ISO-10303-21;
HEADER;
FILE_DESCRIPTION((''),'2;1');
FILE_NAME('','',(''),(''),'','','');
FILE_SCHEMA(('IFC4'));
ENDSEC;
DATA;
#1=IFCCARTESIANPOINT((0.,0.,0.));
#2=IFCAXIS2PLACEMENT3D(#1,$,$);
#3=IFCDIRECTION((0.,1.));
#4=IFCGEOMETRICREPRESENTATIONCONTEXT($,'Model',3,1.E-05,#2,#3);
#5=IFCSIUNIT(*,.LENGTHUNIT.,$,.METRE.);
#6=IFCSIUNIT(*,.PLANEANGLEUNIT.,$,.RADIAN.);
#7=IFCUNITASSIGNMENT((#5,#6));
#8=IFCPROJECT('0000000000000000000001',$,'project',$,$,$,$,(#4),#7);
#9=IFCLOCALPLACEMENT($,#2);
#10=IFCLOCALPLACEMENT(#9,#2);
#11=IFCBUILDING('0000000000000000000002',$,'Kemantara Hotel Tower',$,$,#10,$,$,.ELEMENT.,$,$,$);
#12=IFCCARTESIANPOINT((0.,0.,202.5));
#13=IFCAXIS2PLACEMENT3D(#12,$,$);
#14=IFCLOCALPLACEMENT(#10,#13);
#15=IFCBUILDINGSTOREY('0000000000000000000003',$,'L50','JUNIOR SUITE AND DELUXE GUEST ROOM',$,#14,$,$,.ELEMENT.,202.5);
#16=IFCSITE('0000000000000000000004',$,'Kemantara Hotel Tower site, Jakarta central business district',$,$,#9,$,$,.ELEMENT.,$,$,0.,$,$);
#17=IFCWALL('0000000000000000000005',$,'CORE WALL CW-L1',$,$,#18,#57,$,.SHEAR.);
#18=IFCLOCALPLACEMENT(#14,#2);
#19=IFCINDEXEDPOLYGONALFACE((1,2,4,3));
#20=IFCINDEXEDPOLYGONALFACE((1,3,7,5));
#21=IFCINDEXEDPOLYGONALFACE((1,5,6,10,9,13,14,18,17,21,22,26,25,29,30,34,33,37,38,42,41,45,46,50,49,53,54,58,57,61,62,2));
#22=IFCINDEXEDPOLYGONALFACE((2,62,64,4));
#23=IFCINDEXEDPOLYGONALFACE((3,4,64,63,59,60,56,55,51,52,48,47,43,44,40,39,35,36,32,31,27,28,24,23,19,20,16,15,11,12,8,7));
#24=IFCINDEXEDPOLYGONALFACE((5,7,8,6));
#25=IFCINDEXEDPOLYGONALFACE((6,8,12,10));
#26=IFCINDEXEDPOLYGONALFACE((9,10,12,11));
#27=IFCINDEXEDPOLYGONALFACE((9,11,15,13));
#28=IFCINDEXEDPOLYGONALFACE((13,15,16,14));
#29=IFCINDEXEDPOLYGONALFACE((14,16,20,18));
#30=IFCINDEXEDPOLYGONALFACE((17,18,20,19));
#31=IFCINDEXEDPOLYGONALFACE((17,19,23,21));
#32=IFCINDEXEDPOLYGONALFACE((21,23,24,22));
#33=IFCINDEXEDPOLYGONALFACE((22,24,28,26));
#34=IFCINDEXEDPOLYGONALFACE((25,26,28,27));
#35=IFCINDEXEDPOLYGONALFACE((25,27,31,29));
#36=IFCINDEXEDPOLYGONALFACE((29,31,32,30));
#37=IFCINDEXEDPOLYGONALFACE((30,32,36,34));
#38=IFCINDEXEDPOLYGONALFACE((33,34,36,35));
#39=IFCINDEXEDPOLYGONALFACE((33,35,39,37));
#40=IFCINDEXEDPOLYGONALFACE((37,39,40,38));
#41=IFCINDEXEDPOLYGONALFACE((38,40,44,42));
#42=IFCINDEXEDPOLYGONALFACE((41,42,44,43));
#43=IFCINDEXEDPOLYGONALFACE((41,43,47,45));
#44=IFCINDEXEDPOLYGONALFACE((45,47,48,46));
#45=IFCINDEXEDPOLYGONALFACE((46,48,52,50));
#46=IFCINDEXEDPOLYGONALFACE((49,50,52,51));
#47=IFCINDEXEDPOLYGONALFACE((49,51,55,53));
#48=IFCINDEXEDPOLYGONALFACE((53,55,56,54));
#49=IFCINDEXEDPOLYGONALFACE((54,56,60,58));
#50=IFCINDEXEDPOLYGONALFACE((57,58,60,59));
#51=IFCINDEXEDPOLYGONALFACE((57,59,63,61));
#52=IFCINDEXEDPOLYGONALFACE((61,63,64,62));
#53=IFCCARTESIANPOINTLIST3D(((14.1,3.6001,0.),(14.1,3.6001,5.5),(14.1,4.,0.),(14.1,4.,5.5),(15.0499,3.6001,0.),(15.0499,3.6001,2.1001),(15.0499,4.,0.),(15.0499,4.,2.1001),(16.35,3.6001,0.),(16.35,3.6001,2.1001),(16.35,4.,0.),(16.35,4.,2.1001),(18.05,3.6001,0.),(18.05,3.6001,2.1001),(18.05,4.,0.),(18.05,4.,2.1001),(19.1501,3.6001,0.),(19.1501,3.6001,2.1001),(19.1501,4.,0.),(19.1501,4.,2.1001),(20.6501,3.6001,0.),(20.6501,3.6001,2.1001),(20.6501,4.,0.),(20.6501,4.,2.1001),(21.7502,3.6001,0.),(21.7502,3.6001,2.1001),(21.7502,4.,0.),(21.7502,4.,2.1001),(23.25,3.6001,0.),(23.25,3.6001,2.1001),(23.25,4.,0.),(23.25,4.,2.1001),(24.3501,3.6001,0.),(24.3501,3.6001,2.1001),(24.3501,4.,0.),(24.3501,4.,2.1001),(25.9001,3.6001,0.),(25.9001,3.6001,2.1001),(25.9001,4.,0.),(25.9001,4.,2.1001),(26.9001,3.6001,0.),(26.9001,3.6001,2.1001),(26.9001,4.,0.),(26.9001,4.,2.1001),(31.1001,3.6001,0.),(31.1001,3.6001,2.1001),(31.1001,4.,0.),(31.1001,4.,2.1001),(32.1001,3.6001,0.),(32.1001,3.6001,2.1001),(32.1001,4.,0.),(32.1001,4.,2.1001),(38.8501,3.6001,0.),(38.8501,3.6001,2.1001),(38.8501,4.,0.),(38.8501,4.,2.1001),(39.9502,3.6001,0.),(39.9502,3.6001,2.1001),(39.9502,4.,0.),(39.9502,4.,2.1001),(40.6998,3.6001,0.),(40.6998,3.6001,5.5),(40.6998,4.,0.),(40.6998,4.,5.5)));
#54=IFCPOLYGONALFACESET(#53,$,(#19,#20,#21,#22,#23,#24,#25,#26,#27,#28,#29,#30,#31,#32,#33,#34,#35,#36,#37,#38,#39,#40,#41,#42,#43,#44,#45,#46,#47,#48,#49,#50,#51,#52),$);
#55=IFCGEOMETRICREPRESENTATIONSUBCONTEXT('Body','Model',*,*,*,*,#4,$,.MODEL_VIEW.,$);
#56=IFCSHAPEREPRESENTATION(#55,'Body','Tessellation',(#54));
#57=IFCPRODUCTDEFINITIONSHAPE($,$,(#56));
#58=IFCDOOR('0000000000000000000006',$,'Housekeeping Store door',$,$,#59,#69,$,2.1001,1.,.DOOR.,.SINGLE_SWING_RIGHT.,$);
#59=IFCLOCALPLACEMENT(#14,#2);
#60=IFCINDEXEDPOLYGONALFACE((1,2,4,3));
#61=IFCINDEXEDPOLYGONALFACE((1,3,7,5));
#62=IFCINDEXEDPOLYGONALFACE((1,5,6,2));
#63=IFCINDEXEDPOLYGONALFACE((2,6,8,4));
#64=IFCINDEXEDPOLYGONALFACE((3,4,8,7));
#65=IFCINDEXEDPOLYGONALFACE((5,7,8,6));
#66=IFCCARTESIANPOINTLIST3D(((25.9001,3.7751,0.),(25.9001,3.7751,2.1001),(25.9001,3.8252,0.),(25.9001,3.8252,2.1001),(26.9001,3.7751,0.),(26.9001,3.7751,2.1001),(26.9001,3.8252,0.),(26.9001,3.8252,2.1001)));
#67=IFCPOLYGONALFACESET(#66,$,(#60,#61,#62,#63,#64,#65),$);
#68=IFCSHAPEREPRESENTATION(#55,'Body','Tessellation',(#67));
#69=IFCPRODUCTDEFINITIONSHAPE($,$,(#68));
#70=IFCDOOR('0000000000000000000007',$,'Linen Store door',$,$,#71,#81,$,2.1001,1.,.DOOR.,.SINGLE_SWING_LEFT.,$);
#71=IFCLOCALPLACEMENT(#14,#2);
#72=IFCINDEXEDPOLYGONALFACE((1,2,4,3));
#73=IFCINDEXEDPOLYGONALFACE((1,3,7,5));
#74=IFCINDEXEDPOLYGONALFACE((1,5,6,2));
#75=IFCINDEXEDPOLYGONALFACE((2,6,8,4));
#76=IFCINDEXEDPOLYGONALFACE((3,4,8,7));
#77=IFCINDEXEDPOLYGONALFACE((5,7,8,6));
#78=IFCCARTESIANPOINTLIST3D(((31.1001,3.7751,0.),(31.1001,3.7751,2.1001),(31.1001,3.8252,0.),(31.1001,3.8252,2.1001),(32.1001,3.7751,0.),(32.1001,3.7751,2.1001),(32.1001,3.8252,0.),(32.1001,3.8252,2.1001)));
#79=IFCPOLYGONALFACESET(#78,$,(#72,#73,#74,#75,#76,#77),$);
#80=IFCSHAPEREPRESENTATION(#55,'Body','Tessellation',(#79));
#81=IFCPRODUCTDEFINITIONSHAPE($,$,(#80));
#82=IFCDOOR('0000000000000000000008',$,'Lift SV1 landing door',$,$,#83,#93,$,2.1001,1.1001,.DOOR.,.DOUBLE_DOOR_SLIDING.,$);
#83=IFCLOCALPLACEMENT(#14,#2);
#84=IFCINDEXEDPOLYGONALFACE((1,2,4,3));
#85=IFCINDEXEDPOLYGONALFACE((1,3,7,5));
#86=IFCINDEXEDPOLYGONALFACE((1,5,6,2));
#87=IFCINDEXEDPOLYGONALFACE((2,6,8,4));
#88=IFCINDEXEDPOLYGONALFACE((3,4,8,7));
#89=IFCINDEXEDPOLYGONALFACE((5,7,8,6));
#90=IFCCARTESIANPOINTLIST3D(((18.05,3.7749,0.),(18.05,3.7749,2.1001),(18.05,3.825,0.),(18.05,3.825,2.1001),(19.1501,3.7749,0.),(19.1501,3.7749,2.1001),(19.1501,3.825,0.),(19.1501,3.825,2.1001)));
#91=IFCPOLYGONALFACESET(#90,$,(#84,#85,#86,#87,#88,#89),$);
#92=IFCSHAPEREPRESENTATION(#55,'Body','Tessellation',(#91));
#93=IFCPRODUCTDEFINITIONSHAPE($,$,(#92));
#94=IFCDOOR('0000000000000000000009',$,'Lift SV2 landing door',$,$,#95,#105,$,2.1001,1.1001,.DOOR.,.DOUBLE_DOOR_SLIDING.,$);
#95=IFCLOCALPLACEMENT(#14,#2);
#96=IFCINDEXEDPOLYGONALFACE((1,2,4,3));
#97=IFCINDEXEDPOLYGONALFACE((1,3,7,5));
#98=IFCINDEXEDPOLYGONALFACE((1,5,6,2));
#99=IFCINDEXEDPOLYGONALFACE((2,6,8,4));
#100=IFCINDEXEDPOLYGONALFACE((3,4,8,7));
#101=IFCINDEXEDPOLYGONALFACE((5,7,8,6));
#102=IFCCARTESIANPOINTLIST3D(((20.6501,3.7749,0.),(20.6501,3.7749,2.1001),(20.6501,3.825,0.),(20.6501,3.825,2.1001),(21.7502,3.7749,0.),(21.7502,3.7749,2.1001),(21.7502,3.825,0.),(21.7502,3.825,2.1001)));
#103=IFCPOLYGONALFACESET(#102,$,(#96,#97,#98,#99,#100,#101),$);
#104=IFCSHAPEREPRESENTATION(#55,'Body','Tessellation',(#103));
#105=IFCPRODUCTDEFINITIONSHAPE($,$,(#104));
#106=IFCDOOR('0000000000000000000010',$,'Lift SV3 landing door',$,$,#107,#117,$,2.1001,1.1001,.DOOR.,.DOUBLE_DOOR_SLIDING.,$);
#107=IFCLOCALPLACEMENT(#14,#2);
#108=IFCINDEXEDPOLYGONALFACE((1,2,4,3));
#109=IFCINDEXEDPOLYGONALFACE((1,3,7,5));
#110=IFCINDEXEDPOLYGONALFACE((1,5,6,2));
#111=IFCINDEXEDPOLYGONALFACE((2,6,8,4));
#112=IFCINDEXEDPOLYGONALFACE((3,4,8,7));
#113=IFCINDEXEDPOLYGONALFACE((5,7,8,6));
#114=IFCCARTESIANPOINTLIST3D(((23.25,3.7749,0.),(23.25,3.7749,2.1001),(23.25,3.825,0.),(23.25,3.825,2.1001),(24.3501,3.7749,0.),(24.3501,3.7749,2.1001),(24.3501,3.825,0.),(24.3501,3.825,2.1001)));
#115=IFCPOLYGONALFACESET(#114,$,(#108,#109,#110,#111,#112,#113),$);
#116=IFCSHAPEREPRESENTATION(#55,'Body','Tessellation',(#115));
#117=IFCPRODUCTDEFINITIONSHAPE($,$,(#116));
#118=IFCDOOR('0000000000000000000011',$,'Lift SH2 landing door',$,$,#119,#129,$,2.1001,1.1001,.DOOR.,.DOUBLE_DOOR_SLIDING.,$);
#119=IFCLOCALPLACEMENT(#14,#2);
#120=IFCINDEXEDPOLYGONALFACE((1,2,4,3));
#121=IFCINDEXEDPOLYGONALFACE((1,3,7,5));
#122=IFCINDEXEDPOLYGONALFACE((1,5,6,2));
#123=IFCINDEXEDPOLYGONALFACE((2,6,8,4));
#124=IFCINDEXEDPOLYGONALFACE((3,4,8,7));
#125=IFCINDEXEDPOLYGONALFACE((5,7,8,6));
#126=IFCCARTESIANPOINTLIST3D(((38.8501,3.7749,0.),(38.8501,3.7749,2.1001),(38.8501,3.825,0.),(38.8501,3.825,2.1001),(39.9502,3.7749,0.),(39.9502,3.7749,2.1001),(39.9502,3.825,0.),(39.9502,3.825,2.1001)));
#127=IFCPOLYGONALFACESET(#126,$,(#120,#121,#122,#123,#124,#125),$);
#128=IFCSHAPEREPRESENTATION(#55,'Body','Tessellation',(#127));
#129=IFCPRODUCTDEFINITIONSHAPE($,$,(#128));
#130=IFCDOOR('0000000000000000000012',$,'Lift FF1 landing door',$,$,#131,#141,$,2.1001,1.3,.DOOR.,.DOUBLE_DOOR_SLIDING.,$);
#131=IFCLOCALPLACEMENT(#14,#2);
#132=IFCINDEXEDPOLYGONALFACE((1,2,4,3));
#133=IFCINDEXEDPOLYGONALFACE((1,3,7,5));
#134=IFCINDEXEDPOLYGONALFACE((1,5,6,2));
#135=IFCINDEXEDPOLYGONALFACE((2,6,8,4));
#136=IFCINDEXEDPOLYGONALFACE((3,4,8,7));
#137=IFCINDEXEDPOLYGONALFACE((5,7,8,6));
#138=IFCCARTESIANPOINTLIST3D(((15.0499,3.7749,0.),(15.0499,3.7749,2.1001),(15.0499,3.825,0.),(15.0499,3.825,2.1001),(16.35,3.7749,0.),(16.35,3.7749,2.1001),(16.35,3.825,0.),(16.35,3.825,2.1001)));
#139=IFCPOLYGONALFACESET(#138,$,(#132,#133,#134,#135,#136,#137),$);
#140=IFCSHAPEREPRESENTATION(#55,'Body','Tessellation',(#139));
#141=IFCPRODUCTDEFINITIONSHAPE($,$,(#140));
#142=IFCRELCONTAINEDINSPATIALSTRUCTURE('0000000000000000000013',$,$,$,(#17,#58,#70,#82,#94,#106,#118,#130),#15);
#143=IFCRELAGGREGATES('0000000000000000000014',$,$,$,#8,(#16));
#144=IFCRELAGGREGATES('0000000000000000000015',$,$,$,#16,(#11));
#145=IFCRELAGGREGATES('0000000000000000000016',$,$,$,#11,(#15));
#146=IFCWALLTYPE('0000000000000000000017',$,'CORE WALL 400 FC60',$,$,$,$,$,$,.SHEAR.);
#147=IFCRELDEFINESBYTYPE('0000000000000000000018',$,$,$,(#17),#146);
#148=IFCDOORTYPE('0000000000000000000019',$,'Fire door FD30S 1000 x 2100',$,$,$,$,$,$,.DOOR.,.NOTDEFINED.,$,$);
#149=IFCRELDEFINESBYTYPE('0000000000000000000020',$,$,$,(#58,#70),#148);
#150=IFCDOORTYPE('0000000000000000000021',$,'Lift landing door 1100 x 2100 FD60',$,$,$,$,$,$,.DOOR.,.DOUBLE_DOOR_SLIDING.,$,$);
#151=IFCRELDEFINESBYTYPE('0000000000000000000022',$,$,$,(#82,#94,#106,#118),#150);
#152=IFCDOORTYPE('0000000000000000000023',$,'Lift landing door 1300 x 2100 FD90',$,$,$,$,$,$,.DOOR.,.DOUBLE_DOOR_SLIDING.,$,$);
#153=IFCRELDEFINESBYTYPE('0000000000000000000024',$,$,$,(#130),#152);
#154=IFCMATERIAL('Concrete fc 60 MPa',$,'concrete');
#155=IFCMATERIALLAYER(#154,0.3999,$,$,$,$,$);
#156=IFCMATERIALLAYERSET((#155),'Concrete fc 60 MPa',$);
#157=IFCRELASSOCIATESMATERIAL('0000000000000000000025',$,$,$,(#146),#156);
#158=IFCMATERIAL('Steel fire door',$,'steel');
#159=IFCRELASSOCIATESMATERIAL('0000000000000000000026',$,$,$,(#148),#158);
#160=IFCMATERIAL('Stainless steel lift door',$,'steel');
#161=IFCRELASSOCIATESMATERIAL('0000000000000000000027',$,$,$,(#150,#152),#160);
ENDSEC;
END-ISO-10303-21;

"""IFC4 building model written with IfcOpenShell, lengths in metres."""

from ifc_helpers import new_model, si_unit, direction, frame, frame_2d, origin, place, context, subcontext, project, spatial, rectangle, extrude, material, layer, layer_set, type_object, element, fill, save


model = new_model("IFC4")

# Units and contexts
model_context = context("Model", 3, precision=1e-05, world=origin(), true_north=direction((0.0, 1.0)))
body_context = subcontext(model_context, "Body", "Model", "MODEL_VIEW")
ifc_project = project(units=[si_unit("LENGTHUNIT", "METRE"), si_unit("PLANEANGLEUNIT", "RADIAN")], contexts=[model_context])

# Site, building, storey
site_placement = place(None, origin())
site = spatial("IfcSite", under=ifc_project, at=site_placement, Name="Kemantara Hotel Tower site, Jakarta central business district", CompositionType="ELEMENT", RefElevation=0.0)
building_placement = place(site_placement, origin())
building = spatial("IfcBuilding", under=site, at=building_placement, Name="Kemantara Hotel Tower", CompositionType="ELEMENT")
storey_placement = place(building_placement, frame((0.0, 0.0, 202.5)))
storey = spatial("IfcBuildingStorey", under=building, at=storey_placement, Name="L50", Description="JUNIOR SUITE AND DELUXE GUEST ROOM", CompositionType="ELEMENT", Elevation=202.5)

# Wall, openings, doors
ifc_material_1 = material(Name="Concrete fc 60 MPa", Category="concrete")
ifc_layer_1 = layer(ifc_material_1, 0.3999)
ifc_layer_set_1 = layer_set([ifc_layer_1], Name="Concrete fc 60 MPa")
wall_type_1 = type_object("IfcWallType", Name="CORE WALL 400 FC60", PredefinedType="SHEAR", material=ifc_layer_set_1)
wall_1_placement = place(storey_placement, frame((14.1001, 3.8, 0.0), z_axis=(0.0, 0.0, 1.0), x_axis=(1.0, 0.0, 0.0)))
wall_1 = element("IfcWall", 1, at=wall_1_placement, inside=storey, type_object=wall_type_1, Name="CORE WALL CW-L1", PredefinedType="SHEAR", context=body_context, shape_type="SweptSolid", body=[
    extrude(rectangle(XDim=26.5999, YDim=0.3999, at=frame_2d((13.2998, 0.0))), origin(), (0.0, 0.0, 1.0), 5.5),
])
opening_1_placement = place(wall_1_placement, frame((0.95, 0.0, 0.0)))
opening_1 = element("IfcOpeningElement", 2, at=opening_1_placement, cuts=wall_1, PredefinedType="OPENING", context=body_context, shape_type="SweptSolid", body=[
    extrude(rectangle(XDim=1.3, YDim=2.1001, at=frame_2d((0.6499, 1.05))), frame((0.0, 0.21, 0.0), z_axis=(0.0, -1.0, 0.0), x_axis=(1.0, 0.0, 0.0)), (0.0, 0.0, 1.0), 0.4199),
])
opening_2_placement = place(wall_1_placement, frame((3.95, 0.0, 0.0)))
opening_2 = element("IfcOpeningElement", 3, at=opening_2_placement, cuts=wall_1, PredefinedType="OPENING", context=body_context, shape_type="SweptSolid", body=[
    extrude(rectangle(XDim=1.1001, YDim=2.1001, at=frame_2d((0.55, 1.05))), frame((0.0, 0.21, 0.0), z_axis=(0.0, -1.0, 0.0), x_axis=(1.0, 0.0, 0.0)), (0.0, 0.0, 1.0), 0.4199),
])
opening_3_placement = place(wall_1_placement, frame((6.55, 0.0, 0.0)))
opening_3 = element("IfcOpeningElement", 4, at=opening_3_placement, cuts=wall_1, PredefinedType="OPENING", context=body_context, shape_type="SweptSolid", body=[
    extrude(rectangle(XDim=1.1001, YDim=2.1001, at=frame_2d((0.55, 1.05))), frame((0.0, 0.21, 0.0), z_axis=(0.0, -1.0, 0.0), x_axis=(1.0, 0.0, 0.0)), (0.0, 0.0, 1.0), 0.4199),
])
opening_4_placement = place(wall_1_placement, frame((9.1499, 0.0, 0.0)))
opening_4 = element("IfcOpeningElement", 5, at=opening_4_placement, cuts=wall_1, PredefinedType="OPENING", context=body_context, shape_type="SweptSolid", body=[
    extrude(rectangle(XDim=1.1001, YDim=2.1001, at=frame_2d((0.55, 1.05))), frame((0.0, 0.21, 0.0), z_axis=(0.0, -1.0, 0.0), x_axis=(1.0, 0.0, 0.0)), (0.0, 0.0, 1.0), 0.4199),
])
opening_5_placement = place(wall_1_placement, frame((24.75, 0.0, 0.0)))
opening_5 = element("IfcOpeningElement", 6, at=opening_5_placement, cuts=wall_1, PredefinedType="OPENING", context=body_context, shape_type="SweptSolid", body=[
    extrude(rectangle(XDim=1.1001, YDim=2.1001, at=frame_2d((0.55, 1.05))), frame((0.0, 0.21, 0.0), z_axis=(0.0, -1.0, 0.0), x_axis=(1.0, 0.0, 0.0)), (0.0, 0.0, 1.0), 0.4199),
])
opening_6_placement = place(wall_1_placement, frame((11.8, 0.0, 0.0)))
opening_6 = element("IfcOpeningElement", 7, at=opening_6_placement, cuts=wall_1, PredefinedType="OPENING", context=body_context, shape_type="SweptSolid", body=[
    extrude(rectangle(XDim=1.0, YDim=2.1001, at=frame_2d((0.5, 1.05))), frame((0.0, 0.21, 0.0), z_axis=(0.0, -1.0, 0.0), x_axis=(1.0, 0.0, 0.0)), (0.0, 0.0, 1.0), 0.4199),
])
opening_7_placement = place(wall_1_placement, frame((17.0, 0.0, 0.0)))
opening_7 = element("IfcOpeningElement", 8, at=opening_7_placement, cuts=wall_1, PredefinedType="OPENING", context=body_context, shape_type="SweptSolid", body=[
    extrude(rectangle(XDim=1.0, YDim=2.1001, at=frame_2d((0.5, 1.05))), frame((0.0, 0.21, 0.0), z_axis=(0.0, -1.0, 0.0), x_axis=(1.0, 0.0, 0.0)), (0.0, 0.0, 1.0), 0.4199),
])
ifc_material_2 = material(Name="Steel fire door", Category="steel")
door_type_1 = type_object("IfcDoorType", Name="Fire door FD30S 1000 x 2100", OperationType="NOTDEFINED", PredefinedType="DOOR", material=ifc_material_2)
door_1_placement = place(opening_6_placement, frame((1.0, 0.0, 0.0), z_axis=(0.0, 0.0, 1.0), x_axis=(-1.0, 0.0, 0.0)))
door_1 = element("IfcDoor", 9, at=door_1_placement, inside=storey, type_object=door_type_1, Name="Housekeeping Store door", OperationType="SINGLE_SWING_RIGHT", OverallHeight=2.1001, OverallWidth=1.0, PredefinedType="DOOR", context=body_context, shape_type="SweptSolid", body=[
    extrude(rectangle(XDim=1.0, YDim=2.1001, at=frame_2d((0.5, 1.05))), frame((0.0, 0.0249, 0.0), z_axis=(0.0, -1.0, 0.0), x_axis=(1.0, 0.0, 0.0)), (0.0, 0.0, 1.0), 0.05),
])
fill(opening_6, door_1)
door_2_placement = place(opening_7_placement, frame((1.0, 0.0, 0.0), z_axis=(0.0, 0.0, 1.0), x_axis=(-1.0, 0.0, 0.0)))
door_2 = element("IfcDoor", 10, at=door_2_placement, inside=storey, type_object=door_type_1, Name="Linen Store door", OperationType="SINGLE_SWING_LEFT", OverallHeight=2.1001, OverallWidth=1.0, PredefinedType="DOOR", context=body_context, shape_type="SweptSolid", body=[
    extrude(rectangle(XDim=1.0, YDim=2.1001, at=frame_2d((0.5, 1.05))), frame((0.0, 0.0249, 0.0), z_axis=(0.0, -1.0, 0.0), x_axis=(1.0, 0.0, 0.0)), (0.0, 0.0, 1.0), 0.05),
])
fill(opening_7, door_2)
ifc_material_3 = material(Name="Stainless steel lift door", Category="steel")
door_type_2 = type_object("IfcDoorType", Name="Lift landing door 1100 x 2100 FD60", OperationType="DOUBLE_DOOR_SLIDING", PredefinedType="DOOR", material=ifc_material_3)
door_3_placement = place(opening_2_placement, origin())
door_3 = element("IfcDoor", 11, at=door_3_placement, inside=storey, type_object=door_type_2, Name="Lift SV1 landing door", OperationType="DOUBLE_DOOR_SLIDING", OverallHeight=2.1001, OverallWidth=1.1001, PredefinedType="DOOR", context=body_context, shape_type="SweptSolid", body=[
    extrude(rectangle(XDim=1.1001, YDim=2.1001, at=frame_2d((0.55, 1.05))), frame((0.0, 0.0249, 0.0), z_axis=(0.0, -1.0, 0.0), x_axis=(1.0, 0.0, 0.0)), (0.0, 0.0, 1.0), 0.05),
])
fill(opening_2, door_3)
door_4_placement = place(opening_3_placement, origin())
door_4 = element("IfcDoor", 12, at=door_4_placement, inside=storey, type_object=door_type_2, Name="Lift SV2 landing door", OperationType="DOUBLE_DOOR_SLIDING", OverallHeight=2.1001, OverallWidth=1.1001, PredefinedType="DOOR", context=body_context, shape_type="SweptSolid", body=[
    extrude(rectangle(XDim=1.1001, YDim=2.1001, at=frame_2d((0.55, 1.05))), frame((0.0, 0.0249, 0.0), z_axis=(0.0, -1.0, 0.0), x_axis=(1.0, 0.0, 0.0)), (0.0, 0.0, 1.0), 0.05),
])
fill(opening_3, door_4)
door_5_placement = place(opening_4_placement, origin())
door_5 = element("IfcDoor", 13, at=door_5_placement, inside=storey, type_object=door_type_2, Name="Lift SV3 landing door", OperationType="DOUBLE_DOOR_SLIDING", OverallHeight=2.1001, OverallWidth=1.1001, PredefinedType="DOOR", context=body_context, shape_type="SweptSolid", body=[
    extrude(rectangle(XDim=1.1001, YDim=2.1001, at=frame_2d((0.55, 1.05))), frame((0.0, 0.0249, 0.0), z_axis=(0.0, -1.0, 0.0), x_axis=(1.0, 0.0, 0.0)), (0.0, 0.0, 1.0), 0.05),
])
fill(opening_4, door_5)
door_6_placement = place(opening_5_placement, origin())
door_6 = element("IfcDoor", 14, at=door_6_placement, inside=storey, type_object=door_type_2, Name="Lift SH2 landing door", OperationType="DOUBLE_DOOR_SLIDING", OverallHeight=2.1001, OverallWidth=1.1001, PredefinedType="DOOR", context=body_context, shape_type="SweptSolid", body=[
    extrude(rectangle(XDim=1.1001, YDim=2.1001, at=frame_2d((0.55, 1.05))), frame((0.0, 0.0249, 0.0), z_axis=(0.0, -1.0, 0.0), x_axis=(1.0, 0.0, 0.0)), (0.0, 0.0, 1.0), 0.05),
])
fill(opening_5, door_6)
door_type_3 = type_object("IfcDoorType", Name="Lift landing door 1300 x 2100 FD90", OperationType="DOUBLE_DOOR_SLIDING", PredefinedType="DOOR", material=ifc_material_3)
door_7_placement = place(opening_1_placement, origin())
door_7 = element("IfcDoor", 15, at=door_7_placement, inside=storey, type_object=door_type_3, Name="Lift FF1 landing door", OperationType="DOUBLE_DOOR_SLIDING", OverallHeight=2.1001, OverallWidth=1.3, PredefinedType="DOOR", context=body_context, shape_type="SweptSolid", body=[
    extrude(rectangle(XDim=1.3, YDim=2.1001, at=frame_2d((0.6499, 1.05))), frame((0.0, 0.0249, 0.0), z_axis=(0.0, -1.0, 0.0), x_axis=(1.0, 0.0, 0.0)), (0.0, 0.0, 1.0), 0.05),
])
fill(opening_1, door_7)

save(model, "model.ifc")
